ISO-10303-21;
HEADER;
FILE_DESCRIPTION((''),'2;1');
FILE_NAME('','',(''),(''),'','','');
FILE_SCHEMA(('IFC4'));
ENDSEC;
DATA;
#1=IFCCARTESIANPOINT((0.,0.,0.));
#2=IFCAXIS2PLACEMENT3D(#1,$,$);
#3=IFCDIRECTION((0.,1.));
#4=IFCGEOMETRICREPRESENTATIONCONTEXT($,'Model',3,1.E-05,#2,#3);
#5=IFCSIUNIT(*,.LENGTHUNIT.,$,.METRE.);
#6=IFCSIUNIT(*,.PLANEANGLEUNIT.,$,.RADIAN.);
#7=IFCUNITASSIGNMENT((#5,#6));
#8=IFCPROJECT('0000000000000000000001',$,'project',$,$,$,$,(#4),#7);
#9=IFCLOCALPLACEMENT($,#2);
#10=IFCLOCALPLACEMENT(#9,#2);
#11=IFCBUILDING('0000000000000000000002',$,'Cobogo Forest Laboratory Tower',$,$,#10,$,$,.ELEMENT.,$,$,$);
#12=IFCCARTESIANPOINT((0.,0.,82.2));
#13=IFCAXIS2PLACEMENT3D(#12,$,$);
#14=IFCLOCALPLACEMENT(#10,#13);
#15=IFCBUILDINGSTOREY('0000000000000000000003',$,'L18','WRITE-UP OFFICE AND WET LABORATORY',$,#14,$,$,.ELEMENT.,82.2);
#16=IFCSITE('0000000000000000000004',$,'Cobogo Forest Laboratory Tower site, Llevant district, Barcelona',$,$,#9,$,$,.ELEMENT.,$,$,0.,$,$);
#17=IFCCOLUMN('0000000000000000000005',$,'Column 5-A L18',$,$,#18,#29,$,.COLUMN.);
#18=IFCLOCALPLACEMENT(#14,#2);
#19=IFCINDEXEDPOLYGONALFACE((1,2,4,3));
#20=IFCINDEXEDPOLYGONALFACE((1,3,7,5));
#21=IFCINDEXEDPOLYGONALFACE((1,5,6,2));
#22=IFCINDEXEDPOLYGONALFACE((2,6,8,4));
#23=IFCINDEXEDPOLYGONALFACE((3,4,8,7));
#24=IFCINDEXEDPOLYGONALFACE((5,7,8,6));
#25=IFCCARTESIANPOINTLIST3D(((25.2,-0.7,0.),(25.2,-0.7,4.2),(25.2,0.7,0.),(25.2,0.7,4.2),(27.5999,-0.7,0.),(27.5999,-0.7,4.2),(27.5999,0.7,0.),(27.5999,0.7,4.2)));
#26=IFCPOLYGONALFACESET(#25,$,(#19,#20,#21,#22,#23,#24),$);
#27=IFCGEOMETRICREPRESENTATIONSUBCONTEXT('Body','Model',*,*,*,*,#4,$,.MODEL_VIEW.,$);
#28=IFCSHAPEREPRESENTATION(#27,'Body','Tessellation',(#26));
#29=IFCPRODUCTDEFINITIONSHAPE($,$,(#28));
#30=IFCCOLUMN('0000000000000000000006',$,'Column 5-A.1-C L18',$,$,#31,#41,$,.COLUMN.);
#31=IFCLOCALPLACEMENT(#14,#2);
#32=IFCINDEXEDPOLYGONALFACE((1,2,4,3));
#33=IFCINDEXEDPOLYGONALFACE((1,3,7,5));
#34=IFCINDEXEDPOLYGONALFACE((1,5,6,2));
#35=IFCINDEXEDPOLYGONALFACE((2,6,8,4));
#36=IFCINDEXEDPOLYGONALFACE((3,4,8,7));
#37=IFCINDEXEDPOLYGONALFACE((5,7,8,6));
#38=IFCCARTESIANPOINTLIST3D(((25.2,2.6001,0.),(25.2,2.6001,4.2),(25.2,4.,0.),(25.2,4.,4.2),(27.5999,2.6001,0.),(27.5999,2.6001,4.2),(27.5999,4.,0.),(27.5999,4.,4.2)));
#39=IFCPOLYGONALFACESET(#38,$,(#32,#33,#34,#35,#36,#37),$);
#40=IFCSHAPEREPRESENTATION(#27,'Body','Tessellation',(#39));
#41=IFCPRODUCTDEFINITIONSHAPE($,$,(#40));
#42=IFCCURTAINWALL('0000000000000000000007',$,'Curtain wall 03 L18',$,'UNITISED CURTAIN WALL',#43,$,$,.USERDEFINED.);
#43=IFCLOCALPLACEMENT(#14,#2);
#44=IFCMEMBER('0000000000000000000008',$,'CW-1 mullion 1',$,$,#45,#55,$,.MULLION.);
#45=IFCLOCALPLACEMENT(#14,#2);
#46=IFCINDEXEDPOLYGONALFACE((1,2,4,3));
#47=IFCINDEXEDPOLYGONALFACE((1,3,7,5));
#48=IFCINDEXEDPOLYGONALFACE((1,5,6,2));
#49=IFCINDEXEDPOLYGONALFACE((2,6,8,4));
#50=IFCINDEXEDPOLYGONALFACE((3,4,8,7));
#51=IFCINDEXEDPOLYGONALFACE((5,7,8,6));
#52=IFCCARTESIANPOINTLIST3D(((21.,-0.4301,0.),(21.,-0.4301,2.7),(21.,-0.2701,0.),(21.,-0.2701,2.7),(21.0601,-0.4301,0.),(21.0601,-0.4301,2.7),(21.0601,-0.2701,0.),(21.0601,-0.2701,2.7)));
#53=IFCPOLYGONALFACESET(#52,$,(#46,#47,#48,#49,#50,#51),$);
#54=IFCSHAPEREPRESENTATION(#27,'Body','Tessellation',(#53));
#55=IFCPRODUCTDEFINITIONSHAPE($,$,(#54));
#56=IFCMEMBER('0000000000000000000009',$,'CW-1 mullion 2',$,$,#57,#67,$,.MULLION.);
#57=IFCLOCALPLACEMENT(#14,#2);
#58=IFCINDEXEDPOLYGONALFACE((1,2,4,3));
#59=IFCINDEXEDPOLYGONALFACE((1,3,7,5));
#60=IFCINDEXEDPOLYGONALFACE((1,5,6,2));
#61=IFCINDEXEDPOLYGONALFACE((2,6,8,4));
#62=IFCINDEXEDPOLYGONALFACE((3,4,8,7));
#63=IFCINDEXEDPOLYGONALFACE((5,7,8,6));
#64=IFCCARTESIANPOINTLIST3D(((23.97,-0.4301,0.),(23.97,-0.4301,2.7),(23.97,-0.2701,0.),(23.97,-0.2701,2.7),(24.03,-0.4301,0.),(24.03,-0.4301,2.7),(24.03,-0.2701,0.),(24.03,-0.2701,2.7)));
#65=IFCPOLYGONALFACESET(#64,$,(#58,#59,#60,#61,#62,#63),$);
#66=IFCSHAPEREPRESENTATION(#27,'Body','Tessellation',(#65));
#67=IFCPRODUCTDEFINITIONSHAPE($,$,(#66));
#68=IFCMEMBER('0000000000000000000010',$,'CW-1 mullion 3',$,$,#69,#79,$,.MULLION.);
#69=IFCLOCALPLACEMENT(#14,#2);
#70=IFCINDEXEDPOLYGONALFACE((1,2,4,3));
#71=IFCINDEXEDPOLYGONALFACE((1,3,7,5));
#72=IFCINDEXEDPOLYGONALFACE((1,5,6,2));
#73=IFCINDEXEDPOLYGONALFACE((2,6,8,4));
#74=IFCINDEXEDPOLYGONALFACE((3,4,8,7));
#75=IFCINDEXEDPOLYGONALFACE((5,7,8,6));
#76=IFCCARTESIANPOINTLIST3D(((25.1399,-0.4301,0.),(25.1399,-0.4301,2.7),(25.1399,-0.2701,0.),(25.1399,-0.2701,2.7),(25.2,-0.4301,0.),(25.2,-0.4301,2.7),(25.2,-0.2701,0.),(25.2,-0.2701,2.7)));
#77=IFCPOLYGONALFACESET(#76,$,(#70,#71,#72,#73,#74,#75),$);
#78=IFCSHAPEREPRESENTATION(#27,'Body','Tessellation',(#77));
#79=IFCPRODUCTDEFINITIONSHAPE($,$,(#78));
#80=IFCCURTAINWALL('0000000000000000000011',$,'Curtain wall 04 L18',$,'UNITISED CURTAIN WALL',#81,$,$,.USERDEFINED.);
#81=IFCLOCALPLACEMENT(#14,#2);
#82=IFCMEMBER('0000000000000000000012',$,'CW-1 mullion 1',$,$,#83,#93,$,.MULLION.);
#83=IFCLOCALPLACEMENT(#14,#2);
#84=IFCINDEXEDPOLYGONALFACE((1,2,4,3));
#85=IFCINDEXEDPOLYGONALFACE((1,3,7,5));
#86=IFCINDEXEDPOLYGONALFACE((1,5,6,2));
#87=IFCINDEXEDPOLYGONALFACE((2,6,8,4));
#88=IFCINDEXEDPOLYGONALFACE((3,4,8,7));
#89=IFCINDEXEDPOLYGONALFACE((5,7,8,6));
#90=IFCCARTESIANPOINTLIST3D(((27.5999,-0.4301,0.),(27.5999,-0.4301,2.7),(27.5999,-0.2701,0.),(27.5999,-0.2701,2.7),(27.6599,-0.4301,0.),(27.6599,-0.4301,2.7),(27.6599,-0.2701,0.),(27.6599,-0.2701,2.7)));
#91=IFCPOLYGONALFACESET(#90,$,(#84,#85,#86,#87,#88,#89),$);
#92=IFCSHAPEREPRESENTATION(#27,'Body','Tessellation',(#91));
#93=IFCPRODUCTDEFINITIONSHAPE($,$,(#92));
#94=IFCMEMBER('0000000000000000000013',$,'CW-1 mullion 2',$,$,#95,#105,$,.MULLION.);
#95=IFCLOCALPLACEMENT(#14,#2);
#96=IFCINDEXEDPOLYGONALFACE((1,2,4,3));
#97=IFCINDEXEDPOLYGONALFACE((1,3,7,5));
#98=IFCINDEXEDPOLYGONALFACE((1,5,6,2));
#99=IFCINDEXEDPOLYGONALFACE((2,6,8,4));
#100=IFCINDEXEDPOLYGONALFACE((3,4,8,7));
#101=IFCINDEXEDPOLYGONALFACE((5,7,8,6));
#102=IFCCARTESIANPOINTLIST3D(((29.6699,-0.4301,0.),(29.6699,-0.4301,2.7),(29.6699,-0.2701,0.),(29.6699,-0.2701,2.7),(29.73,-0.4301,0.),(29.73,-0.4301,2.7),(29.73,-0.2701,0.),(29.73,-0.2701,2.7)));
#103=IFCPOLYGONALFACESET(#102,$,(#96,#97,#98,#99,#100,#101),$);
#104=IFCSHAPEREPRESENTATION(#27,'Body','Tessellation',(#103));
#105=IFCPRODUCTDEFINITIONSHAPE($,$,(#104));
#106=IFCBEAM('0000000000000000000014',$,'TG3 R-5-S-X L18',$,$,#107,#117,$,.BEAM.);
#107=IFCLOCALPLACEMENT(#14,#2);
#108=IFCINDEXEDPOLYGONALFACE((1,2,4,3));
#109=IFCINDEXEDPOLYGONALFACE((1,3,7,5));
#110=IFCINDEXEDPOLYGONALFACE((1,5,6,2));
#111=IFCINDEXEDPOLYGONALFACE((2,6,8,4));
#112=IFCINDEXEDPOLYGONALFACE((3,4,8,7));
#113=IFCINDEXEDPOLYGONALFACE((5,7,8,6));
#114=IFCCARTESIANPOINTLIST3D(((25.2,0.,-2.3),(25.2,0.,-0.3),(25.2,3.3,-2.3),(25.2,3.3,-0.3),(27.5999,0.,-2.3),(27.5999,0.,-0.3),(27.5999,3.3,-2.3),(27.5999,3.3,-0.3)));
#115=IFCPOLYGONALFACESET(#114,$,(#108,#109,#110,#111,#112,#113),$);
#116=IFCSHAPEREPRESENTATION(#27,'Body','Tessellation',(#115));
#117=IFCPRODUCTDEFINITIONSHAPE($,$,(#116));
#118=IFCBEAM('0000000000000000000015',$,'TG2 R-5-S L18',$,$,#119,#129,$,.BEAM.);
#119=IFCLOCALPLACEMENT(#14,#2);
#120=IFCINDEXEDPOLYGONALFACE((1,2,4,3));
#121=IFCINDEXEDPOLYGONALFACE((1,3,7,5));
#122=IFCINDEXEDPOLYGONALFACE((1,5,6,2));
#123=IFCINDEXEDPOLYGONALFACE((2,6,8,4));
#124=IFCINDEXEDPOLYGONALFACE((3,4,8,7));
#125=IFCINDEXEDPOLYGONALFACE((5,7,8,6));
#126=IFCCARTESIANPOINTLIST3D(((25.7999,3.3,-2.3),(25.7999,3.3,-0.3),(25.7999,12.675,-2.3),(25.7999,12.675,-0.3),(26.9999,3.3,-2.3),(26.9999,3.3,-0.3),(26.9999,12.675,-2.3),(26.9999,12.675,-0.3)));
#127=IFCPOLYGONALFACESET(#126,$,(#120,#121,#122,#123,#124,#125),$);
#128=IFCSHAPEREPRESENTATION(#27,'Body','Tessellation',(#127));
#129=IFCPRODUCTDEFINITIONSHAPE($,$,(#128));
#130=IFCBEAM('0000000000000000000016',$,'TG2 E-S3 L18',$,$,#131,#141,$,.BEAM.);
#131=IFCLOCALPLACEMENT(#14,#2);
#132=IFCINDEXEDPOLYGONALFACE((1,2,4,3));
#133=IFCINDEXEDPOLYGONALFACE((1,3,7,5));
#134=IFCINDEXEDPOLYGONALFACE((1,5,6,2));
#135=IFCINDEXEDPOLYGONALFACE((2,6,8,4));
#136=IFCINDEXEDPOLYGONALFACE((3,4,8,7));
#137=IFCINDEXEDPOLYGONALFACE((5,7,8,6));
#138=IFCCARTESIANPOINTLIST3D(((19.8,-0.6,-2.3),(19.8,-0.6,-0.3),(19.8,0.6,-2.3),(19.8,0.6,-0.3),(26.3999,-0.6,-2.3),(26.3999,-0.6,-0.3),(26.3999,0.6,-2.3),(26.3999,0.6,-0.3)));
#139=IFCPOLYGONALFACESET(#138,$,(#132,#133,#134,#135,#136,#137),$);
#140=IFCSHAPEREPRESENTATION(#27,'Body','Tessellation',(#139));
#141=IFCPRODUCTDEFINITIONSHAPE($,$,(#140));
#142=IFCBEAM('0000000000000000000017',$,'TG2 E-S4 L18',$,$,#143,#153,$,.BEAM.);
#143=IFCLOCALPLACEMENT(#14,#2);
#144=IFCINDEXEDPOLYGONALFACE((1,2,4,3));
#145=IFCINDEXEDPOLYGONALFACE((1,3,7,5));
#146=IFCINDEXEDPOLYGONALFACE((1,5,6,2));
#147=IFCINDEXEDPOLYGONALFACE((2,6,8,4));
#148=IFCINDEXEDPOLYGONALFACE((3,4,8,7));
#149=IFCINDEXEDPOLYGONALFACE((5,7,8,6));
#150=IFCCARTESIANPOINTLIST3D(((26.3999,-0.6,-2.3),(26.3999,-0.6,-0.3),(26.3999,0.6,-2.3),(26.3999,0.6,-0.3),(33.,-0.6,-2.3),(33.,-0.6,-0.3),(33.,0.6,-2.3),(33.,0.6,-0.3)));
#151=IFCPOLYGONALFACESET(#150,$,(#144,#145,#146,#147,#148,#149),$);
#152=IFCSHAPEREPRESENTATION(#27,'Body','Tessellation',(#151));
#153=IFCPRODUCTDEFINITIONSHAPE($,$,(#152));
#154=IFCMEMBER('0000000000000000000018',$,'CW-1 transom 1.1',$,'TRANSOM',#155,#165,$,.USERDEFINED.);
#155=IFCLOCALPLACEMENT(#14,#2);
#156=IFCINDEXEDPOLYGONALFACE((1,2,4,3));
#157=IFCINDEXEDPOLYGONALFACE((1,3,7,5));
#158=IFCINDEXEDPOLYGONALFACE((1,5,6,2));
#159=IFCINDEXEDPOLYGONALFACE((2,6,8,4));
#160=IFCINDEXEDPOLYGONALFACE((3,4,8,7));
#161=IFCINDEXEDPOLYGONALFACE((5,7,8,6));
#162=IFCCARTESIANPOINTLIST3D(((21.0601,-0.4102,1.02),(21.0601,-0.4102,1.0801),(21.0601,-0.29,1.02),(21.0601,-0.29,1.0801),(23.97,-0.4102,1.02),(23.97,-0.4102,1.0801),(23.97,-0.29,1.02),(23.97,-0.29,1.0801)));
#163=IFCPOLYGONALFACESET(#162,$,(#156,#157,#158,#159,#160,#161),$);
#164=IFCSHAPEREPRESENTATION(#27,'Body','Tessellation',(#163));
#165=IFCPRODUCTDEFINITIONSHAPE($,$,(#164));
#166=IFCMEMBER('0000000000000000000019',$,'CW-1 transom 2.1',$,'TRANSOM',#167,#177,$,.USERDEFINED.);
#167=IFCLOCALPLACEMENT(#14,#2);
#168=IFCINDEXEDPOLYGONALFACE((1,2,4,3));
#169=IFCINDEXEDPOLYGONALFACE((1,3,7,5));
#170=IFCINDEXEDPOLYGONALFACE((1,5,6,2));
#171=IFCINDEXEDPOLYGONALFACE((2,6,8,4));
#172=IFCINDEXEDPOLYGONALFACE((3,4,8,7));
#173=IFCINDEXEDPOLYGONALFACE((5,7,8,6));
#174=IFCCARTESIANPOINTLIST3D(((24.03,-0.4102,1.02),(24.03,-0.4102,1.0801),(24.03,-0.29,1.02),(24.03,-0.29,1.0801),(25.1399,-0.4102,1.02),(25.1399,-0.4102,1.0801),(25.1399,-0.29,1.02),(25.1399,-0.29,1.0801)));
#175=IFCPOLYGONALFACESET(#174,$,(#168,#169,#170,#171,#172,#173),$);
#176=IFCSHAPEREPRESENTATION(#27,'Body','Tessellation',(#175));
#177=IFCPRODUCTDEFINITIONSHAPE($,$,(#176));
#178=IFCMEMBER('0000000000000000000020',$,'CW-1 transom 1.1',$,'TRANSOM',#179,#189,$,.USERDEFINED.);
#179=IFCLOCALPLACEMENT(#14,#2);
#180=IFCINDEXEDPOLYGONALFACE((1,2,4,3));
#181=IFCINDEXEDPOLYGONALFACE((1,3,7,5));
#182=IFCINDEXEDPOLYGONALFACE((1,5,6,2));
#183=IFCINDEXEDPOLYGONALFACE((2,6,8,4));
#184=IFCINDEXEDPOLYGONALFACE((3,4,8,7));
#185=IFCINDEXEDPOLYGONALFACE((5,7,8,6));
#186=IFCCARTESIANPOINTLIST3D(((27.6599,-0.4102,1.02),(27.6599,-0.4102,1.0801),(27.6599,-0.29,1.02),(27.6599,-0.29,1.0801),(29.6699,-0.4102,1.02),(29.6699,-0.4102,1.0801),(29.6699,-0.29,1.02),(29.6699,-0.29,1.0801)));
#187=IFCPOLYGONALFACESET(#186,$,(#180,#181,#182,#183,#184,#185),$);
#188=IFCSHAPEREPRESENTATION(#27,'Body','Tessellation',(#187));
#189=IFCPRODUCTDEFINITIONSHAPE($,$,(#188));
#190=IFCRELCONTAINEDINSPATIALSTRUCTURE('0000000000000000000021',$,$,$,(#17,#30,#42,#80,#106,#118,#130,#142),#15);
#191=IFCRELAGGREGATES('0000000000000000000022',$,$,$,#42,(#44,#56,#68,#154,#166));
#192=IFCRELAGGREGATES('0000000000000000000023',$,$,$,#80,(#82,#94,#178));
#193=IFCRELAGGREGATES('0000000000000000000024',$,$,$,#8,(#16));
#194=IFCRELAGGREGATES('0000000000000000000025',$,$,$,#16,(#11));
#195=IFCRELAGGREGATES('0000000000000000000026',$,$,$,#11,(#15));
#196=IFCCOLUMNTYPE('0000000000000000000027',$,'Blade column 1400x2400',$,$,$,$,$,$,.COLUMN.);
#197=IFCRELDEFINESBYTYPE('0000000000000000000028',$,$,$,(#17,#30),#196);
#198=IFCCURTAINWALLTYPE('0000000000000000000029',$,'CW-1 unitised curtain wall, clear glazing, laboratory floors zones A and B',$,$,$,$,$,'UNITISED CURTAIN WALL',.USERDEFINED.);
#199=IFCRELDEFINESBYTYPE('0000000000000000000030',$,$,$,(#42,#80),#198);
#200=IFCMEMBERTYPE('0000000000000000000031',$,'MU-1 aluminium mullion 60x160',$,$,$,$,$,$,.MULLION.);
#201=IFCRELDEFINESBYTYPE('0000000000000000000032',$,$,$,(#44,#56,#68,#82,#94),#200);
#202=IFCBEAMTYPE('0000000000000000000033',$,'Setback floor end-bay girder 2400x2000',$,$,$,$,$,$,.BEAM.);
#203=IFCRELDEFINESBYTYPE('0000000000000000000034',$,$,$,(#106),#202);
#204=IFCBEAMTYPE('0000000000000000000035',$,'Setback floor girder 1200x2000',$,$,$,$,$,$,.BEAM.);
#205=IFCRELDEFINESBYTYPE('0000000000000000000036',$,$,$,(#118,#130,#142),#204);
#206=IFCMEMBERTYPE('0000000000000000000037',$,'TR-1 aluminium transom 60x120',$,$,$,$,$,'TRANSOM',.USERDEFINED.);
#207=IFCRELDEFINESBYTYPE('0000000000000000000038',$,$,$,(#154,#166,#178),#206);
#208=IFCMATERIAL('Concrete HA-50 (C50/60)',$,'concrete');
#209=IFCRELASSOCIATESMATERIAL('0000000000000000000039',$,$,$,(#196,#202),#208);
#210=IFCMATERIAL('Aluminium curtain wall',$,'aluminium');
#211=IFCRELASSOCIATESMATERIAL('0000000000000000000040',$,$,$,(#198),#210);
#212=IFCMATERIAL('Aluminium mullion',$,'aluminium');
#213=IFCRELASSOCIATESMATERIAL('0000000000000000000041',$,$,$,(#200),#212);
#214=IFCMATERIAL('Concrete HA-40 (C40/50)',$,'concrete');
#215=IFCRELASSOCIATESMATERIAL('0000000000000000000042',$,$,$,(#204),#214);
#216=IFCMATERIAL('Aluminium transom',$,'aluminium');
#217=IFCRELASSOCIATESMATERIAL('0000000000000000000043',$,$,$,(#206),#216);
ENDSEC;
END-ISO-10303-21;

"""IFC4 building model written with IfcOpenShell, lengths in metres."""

from ifc_helpers import new_model, si_unit, direction, frame, origin, origin_2d, place, context, subcontext, project, spatial, rectangle, extrude, material, material_profile, profile_set, type_object, element, aggregate, save


model = new_model("IFC4")

# Units and contexts
model_context = context("Model", 3, precision=1e-05, world=origin(), true_north=direction((0.0, 1.0)))
body_context = subcontext(model_context, "Body", "Model", "MODEL_VIEW")
ifc_project = project(units=[si_unit("LENGTHUNIT", "METRE"), si_unit("PLANEANGLEUNIT", "RADIAN")], contexts=[model_context])

# Site, building, storey
site_placement = place(None, origin())
site = spatial("IfcSite", under=ifc_project, at=site_placement, Name="Cobogo Forest Laboratory Tower site, Llevant district, Barcelona", CompositionType="ELEMENT", RefElevation=0.0)
building_placement = place(site_placement, origin())
building = spatial("IfcBuilding", under=site, at=building_placement, Name="Cobogo Forest Laboratory Tower", CompositionType="ELEMENT")
storey_placement = place(building_placement, frame((0.0, 0.0, 82.2)))
storey = spatial("IfcBuildingStorey", under=building, at=storey_placement, Name="L18", Description="WRITE-UP OFFICE AND WET LABORATORY", CompositionType="ELEMENT", Elevation=82.2)

# Columns
ifc_material_1 = material(Name="Concrete HA-50 (C50/60)", Category="concrete")
ifc_material_profile_1 = material_profile(ifc_material_1, rectangle(XDim=2.3999, YDim=1.3999, at=origin_2d()), Name="RC 1400x2400")
ifc_profile_set_1 = profile_set([ifc_material_profile_1], Name="Concrete HA-50 (C50/60)")
column_type = type_object("IfcColumnType", Name="Blade column 1400x2400", PredefinedType="COLUMN", material=ifc_profile_set_1)
for number, where, z_axis, x_axis, name in (
    (1, (26.3999, 0.0, 0.0), (0.0, 0.0, 1.0), (1.0, 0.0, 0.0), "Column 5-A L18"),
    (2, (26.3999, 3.3, 0.0), (0.0, 0.0, 1.0), (1.0, 0.0, 0.0), "Column 5-A.1-C L18"),
):
    element("IfcColumn", number, at=place(storey_placement, frame(where, z_axis=z_axis, x_axis=x_axis)), inside=storey, type_object=column_type, Name=name, PredefinedType="COLUMN", context=body_context, shape_type="SweptSolid", body=[
        extrude(rectangle(XDim=2.3999, YDim=1.3999, at=origin_2d()), origin(), (0.0, 0.0, 1.0), 4.2),
    ])

# Curtain walls, members
ifc_material_2 = material(Name="Aluminium curtain wall", Category="aluminium")
curtain_wall_type = type_object("IfcCurtainWallType", Name="CW-1 unitised curtain wall, clear glazing, laboratory floors zones A and B", ElementType="UNITISED CURTAIN WALL", PredefinedType="USERDEFINED", material=ifc_material_2)
curtain_wall_1_placement = place(storey_placement, origin())
curtain_wall_1 = element("IfcCurtainWall", 3, at=curtain_wall_1_placement, inside=storey, type_object=curtain_wall_type, Name="Curtain wall 03 L18", ObjectType="UNITISED CURTAIN WALL", PredefinedType="USERDEFINED")
ifc_material_3 = material(Name="Aluminium mullion", Category="aluminium")
ifc_material_profile_2 = material_profile(ifc_material_3, rectangle(XDim=0.0601, YDim=0.1599, at=origin_2d()), Name="AL 60x160")
ifc_profile_set_2 = profile_set([ifc_material_profile_2], Name="Aluminium mullion")
member_type_1 = type_object("IfcMemberType", Name="MU-1 aluminium mullion 60x160", PredefinedType="MULLION", material=ifc_profile_set_2)
member_1_placement = place(storey_placement, frame((21.03, -0.3501, 0.0), z_axis=(0.0, 0.0, 1.0), x_axis=(1.0, 0.0, 0.0)))
member_1 = element("IfcMember", 4, at=member_1_placement, type_object=member_type_1, Name="CW-1 mullion 1", PredefinedType="MULLION", context=body_context, shape_type="SweptSolid", body=[
    extrude(rectangle(XDim=0.0601, YDim=0.1599, at=origin_2d()), origin(), (0.0, 0.0, 1.0), 2.7),
])
member_2_placement = place(storey_placement, frame((24.0, -0.3501, 0.0), z_axis=(0.0, 0.0, 1.0), x_axis=(1.0, 0.0, 0.0)))
member_2 = element("IfcMember", 5, at=member_2_placement, type_object=member_type_1, Name="CW-1 mullion 2", PredefinedType="MULLION", context=body_context, shape_type="SweptSolid", body=[
    extrude(rectangle(XDim=0.0601, YDim=0.1599, at=origin_2d()), origin(), (0.0, 0.0, 1.0), 2.7),
])
member_3_placement = place(storey_placement, frame((25.1699, -0.3501, 0.0), z_axis=(0.0, 0.0, 1.0), x_axis=(1.0, 0.0, 0.0)))
member_3 = element("IfcMember", 6, at=member_3_placement, type_object=member_type_1, Name="CW-1 mullion 3", PredefinedType="MULLION", context=body_context, shape_type="SweptSolid", body=[
    extrude(rectangle(XDim=0.0601, YDim=0.1599, at=origin_2d()), origin(), (0.0, 0.0, 1.0), 2.7),
])
curtain_wall_2_placement = place(storey_placement, origin())
curtain_wall_2 = element("IfcCurtainWall", 7, at=curtain_wall_2_placement, inside=storey, type_object=curtain_wall_type, Name="Curtain wall 04 L18", ObjectType="UNITISED CURTAIN WALL", PredefinedType="USERDEFINED")
member_4_placement = place(storey_placement, frame((27.6299, -0.3501, 0.0), z_axis=(0.0, 0.0, 1.0), x_axis=(1.0, 0.0, 0.0)))
member_4 = element("IfcMember", 8, at=member_4_placement, type_object=member_type_1, Name="CW-1 mullion 1", PredefinedType="MULLION", context=body_context, shape_type="SweptSolid", body=[
    extrude(rectangle(XDim=0.0601, YDim=0.1599, at=origin_2d()), origin(), (0.0, 0.0, 1.0), 2.7),
])
member_5_placement = place(storey_placement, frame((29.7, -0.3501, 0.0), z_axis=(0.0, 0.0, 1.0), x_axis=(1.0, 0.0, 0.0)))
member_5 = element("IfcMember", 9, at=member_5_placement, type_object=member_type_1, Name="CW-1 mullion 2", PredefinedType="MULLION", context=body_context, shape_type="SweptSolid", body=[
    extrude(rectangle(XDim=0.0601, YDim=0.1599, at=origin_2d()), origin(), (0.0, 0.0, 1.0), 2.7),
])

# Beams
ifc_material_profile_3 = material_profile(ifc_material_1, rectangle(XDim=2.3999, YDim=2.0, at=origin_2d()), Name="RC 2400x2000")
ifc_profile_set_3 = profile_set([ifc_material_profile_3], Name="Concrete HA-50 (C50/60)")
beam_type_1 = type_object("IfcBeamType", Name="Setback floor end-bay girder 2400x2000", PredefinedType="BEAM", material=ifc_profile_set_3)
beam_1_placement = place(storey_placement, frame((26.3999, 0.0, -1.3), z_axis=(0.0, 1.0, 0.0), x_axis=(-1.0, 0.0, 0.0)))
element("IfcBeam", 10, at=beam_1_placement, inside=storey, type_object=beam_type_1, Name="TG3 R-5-S-X L18", PredefinedType="BEAM", context=body_context, shape_type="SweptSolid", body=[
    extrude(rectangle(XDim=2.3999, YDim=2.0, at=origin_2d()), origin(), (0.0, 0.0, 1.0), 3.3),
])
ifc_material_4 = material(Name="Concrete HA-40 (C40/50)", Category="concrete")
ifc_material_profile_4 = material_profile(ifc_material_4, rectangle(XDim=1.2, YDim=2.0, at=origin_2d()), Name="RC 1200x2000")
ifc_profile_set_4 = profile_set([ifc_material_profile_4], Name="Concrete HA-40 (C40/50)")
beam_type_2 = type_object("IfcBeamType", Name="Setback floor girder 1200x2000", PredefinedType="BEAM", material=ifc_profile_set_4)
beam_2_placement = place(storey_placement, frame((26.3999, 12.675, -1.3), z_axis=(0.0, -1.0, 0.0), x_axis=(1.0, 0.0, 0.0)))
element("IfcBeam", 11, at=beam_2_placement, inside=storey, type_object=beam_type_2, Name="TG2 R-5-S L18", PredefinedType="BEAM", context=body_context, shape_type="SweptSolid", body=[
    extrude(rectangle(XDim=1.2, YDim=2.0, at=origin_2d()), origin(), (0.0, 0.0, 1.0), 9.375),
])
beam_3_placement = place(storey_placement, frame((19.8, 0.0, -1.3), z_axis=(1.0, 0.0, 0.0), x_axis=(0.0, 1.0, 0.0)))
element("IfcBeam", 12, at=beam_3_placement, inside=storey, type_object=beam_type_2, Name="TG2 E-S3 L18", PredefinedType="BEAM", context=body_context, shape_type="SweptSolid", body=[
    extrude(rectangle(XDim=1.2, YDim=2.0, at=origin_2d()), origin(), (0.0, 0.0, 1.0), 6.5999),
])
beam_4_placement = place(storey_placement, frame((26.3999, 0.0, -1.3), z_axis=(1.0, 0.0, 0.0), x_axis=(0.0, 1.0, 0.0)))
element("IfcBeam", 13, at=beam_4_placement, inside=storey, type_object=beam_type_2, Name="TG2 E-S4 L18", PredefinedType="BEAM", context=body_context, shape_type="SweptSolid", body=[
    extrude(rectangle(XDim=1.2, YDim=2.0, at=origin_2d()), origin(), (0.0, 0.0, 1.0), 6.6001),
])

# Members
ifc_material_5 = material(Name="Aluminium transom", Category="aluminium")
ifc_material_profile_5 = material_profile(ifc_material_5, rectangle(XDim=0.1201, YDim=0.0601, at=origin_2d()), Name="AL 60x120")
ifc_profile_set_5 = profile_set([ifc_material_profile_5], Name="Aluminium transom")
member_type_2 = type_object("IfcMemberType", Name="TR-1 aluminium transom 60x120", ElementType="TRANSOM", PredefinedType="USERDEFINED", material=ifc_profile_set_5)
member_6_placement = place(storey_placement, frame((21.0601, -0.3501, 1.05), z_axis=(1.0, 0.0, 0.0), x_axis=(0.0, 1.0, 0.0)))
member_6 = element("IfcMember", 14, at=member_6_placement, type_object=member_type_2, Name="CW-1 transom 1.1", ObjectType="TRANSOM", PredefinedType="USERDEFINED", context=body_context, shape_type="SweptSolid", body=[
    extrude(rectangle(XDim=0.1201, YDim=0.0601, at=origin_2d()), origin(), (0.0, 0.0, 1.0), 2.9099),
])
member_7_placement = place(storey_placement, frame((24.03, -0.3501, 1.05), z_axis=(1.0, 0.0, 0.0), x_axis=(0.0, 1.0, 0.0)))
member_7 = element("IfcMember", 15, at=member_7_placement, type_object=member_type_2, Name="CW-1 transom 2.1", ObjectType="TRANSOM", PredefinedType="USERDEFINED", context=body_context, shape_type="SweptSolid", body=[
    extrude(rectangle(XDim=0.1201, YDim=0.0601, at=origin_2d()), origin(), (0.0, 0.0, 1.0), 1.1099),
])
member_8_placement = place(storey_placement, frame((27.6599, -0.3501, 1.05), z_axis=(1.0, 0.0, 0.0), x_axis=(0.0, 1.0, 0.0)))
member_8 = element("IfcMember", 16, at=member_8_placement, type_object=member_type_2, Name="CW-1 transom 1.1", ObjectType="TRANSOM", PredefinedType="USERDEFINED", context=body_context, shape_type="SweptSolid", body=[
    extrude(rectangle(XDim=0.1201, YDim=0.0601, at=origin_2d()), origin(), (0.0, 0.0, 1.0), 2.01),
])

aggregate(curtain_wall_1, [member_1, member_2, member_3, member_6, member_7])
aggregate(curtain_wall_2, [member_4, member_5, member_8])

save(model, "model.ifc")
